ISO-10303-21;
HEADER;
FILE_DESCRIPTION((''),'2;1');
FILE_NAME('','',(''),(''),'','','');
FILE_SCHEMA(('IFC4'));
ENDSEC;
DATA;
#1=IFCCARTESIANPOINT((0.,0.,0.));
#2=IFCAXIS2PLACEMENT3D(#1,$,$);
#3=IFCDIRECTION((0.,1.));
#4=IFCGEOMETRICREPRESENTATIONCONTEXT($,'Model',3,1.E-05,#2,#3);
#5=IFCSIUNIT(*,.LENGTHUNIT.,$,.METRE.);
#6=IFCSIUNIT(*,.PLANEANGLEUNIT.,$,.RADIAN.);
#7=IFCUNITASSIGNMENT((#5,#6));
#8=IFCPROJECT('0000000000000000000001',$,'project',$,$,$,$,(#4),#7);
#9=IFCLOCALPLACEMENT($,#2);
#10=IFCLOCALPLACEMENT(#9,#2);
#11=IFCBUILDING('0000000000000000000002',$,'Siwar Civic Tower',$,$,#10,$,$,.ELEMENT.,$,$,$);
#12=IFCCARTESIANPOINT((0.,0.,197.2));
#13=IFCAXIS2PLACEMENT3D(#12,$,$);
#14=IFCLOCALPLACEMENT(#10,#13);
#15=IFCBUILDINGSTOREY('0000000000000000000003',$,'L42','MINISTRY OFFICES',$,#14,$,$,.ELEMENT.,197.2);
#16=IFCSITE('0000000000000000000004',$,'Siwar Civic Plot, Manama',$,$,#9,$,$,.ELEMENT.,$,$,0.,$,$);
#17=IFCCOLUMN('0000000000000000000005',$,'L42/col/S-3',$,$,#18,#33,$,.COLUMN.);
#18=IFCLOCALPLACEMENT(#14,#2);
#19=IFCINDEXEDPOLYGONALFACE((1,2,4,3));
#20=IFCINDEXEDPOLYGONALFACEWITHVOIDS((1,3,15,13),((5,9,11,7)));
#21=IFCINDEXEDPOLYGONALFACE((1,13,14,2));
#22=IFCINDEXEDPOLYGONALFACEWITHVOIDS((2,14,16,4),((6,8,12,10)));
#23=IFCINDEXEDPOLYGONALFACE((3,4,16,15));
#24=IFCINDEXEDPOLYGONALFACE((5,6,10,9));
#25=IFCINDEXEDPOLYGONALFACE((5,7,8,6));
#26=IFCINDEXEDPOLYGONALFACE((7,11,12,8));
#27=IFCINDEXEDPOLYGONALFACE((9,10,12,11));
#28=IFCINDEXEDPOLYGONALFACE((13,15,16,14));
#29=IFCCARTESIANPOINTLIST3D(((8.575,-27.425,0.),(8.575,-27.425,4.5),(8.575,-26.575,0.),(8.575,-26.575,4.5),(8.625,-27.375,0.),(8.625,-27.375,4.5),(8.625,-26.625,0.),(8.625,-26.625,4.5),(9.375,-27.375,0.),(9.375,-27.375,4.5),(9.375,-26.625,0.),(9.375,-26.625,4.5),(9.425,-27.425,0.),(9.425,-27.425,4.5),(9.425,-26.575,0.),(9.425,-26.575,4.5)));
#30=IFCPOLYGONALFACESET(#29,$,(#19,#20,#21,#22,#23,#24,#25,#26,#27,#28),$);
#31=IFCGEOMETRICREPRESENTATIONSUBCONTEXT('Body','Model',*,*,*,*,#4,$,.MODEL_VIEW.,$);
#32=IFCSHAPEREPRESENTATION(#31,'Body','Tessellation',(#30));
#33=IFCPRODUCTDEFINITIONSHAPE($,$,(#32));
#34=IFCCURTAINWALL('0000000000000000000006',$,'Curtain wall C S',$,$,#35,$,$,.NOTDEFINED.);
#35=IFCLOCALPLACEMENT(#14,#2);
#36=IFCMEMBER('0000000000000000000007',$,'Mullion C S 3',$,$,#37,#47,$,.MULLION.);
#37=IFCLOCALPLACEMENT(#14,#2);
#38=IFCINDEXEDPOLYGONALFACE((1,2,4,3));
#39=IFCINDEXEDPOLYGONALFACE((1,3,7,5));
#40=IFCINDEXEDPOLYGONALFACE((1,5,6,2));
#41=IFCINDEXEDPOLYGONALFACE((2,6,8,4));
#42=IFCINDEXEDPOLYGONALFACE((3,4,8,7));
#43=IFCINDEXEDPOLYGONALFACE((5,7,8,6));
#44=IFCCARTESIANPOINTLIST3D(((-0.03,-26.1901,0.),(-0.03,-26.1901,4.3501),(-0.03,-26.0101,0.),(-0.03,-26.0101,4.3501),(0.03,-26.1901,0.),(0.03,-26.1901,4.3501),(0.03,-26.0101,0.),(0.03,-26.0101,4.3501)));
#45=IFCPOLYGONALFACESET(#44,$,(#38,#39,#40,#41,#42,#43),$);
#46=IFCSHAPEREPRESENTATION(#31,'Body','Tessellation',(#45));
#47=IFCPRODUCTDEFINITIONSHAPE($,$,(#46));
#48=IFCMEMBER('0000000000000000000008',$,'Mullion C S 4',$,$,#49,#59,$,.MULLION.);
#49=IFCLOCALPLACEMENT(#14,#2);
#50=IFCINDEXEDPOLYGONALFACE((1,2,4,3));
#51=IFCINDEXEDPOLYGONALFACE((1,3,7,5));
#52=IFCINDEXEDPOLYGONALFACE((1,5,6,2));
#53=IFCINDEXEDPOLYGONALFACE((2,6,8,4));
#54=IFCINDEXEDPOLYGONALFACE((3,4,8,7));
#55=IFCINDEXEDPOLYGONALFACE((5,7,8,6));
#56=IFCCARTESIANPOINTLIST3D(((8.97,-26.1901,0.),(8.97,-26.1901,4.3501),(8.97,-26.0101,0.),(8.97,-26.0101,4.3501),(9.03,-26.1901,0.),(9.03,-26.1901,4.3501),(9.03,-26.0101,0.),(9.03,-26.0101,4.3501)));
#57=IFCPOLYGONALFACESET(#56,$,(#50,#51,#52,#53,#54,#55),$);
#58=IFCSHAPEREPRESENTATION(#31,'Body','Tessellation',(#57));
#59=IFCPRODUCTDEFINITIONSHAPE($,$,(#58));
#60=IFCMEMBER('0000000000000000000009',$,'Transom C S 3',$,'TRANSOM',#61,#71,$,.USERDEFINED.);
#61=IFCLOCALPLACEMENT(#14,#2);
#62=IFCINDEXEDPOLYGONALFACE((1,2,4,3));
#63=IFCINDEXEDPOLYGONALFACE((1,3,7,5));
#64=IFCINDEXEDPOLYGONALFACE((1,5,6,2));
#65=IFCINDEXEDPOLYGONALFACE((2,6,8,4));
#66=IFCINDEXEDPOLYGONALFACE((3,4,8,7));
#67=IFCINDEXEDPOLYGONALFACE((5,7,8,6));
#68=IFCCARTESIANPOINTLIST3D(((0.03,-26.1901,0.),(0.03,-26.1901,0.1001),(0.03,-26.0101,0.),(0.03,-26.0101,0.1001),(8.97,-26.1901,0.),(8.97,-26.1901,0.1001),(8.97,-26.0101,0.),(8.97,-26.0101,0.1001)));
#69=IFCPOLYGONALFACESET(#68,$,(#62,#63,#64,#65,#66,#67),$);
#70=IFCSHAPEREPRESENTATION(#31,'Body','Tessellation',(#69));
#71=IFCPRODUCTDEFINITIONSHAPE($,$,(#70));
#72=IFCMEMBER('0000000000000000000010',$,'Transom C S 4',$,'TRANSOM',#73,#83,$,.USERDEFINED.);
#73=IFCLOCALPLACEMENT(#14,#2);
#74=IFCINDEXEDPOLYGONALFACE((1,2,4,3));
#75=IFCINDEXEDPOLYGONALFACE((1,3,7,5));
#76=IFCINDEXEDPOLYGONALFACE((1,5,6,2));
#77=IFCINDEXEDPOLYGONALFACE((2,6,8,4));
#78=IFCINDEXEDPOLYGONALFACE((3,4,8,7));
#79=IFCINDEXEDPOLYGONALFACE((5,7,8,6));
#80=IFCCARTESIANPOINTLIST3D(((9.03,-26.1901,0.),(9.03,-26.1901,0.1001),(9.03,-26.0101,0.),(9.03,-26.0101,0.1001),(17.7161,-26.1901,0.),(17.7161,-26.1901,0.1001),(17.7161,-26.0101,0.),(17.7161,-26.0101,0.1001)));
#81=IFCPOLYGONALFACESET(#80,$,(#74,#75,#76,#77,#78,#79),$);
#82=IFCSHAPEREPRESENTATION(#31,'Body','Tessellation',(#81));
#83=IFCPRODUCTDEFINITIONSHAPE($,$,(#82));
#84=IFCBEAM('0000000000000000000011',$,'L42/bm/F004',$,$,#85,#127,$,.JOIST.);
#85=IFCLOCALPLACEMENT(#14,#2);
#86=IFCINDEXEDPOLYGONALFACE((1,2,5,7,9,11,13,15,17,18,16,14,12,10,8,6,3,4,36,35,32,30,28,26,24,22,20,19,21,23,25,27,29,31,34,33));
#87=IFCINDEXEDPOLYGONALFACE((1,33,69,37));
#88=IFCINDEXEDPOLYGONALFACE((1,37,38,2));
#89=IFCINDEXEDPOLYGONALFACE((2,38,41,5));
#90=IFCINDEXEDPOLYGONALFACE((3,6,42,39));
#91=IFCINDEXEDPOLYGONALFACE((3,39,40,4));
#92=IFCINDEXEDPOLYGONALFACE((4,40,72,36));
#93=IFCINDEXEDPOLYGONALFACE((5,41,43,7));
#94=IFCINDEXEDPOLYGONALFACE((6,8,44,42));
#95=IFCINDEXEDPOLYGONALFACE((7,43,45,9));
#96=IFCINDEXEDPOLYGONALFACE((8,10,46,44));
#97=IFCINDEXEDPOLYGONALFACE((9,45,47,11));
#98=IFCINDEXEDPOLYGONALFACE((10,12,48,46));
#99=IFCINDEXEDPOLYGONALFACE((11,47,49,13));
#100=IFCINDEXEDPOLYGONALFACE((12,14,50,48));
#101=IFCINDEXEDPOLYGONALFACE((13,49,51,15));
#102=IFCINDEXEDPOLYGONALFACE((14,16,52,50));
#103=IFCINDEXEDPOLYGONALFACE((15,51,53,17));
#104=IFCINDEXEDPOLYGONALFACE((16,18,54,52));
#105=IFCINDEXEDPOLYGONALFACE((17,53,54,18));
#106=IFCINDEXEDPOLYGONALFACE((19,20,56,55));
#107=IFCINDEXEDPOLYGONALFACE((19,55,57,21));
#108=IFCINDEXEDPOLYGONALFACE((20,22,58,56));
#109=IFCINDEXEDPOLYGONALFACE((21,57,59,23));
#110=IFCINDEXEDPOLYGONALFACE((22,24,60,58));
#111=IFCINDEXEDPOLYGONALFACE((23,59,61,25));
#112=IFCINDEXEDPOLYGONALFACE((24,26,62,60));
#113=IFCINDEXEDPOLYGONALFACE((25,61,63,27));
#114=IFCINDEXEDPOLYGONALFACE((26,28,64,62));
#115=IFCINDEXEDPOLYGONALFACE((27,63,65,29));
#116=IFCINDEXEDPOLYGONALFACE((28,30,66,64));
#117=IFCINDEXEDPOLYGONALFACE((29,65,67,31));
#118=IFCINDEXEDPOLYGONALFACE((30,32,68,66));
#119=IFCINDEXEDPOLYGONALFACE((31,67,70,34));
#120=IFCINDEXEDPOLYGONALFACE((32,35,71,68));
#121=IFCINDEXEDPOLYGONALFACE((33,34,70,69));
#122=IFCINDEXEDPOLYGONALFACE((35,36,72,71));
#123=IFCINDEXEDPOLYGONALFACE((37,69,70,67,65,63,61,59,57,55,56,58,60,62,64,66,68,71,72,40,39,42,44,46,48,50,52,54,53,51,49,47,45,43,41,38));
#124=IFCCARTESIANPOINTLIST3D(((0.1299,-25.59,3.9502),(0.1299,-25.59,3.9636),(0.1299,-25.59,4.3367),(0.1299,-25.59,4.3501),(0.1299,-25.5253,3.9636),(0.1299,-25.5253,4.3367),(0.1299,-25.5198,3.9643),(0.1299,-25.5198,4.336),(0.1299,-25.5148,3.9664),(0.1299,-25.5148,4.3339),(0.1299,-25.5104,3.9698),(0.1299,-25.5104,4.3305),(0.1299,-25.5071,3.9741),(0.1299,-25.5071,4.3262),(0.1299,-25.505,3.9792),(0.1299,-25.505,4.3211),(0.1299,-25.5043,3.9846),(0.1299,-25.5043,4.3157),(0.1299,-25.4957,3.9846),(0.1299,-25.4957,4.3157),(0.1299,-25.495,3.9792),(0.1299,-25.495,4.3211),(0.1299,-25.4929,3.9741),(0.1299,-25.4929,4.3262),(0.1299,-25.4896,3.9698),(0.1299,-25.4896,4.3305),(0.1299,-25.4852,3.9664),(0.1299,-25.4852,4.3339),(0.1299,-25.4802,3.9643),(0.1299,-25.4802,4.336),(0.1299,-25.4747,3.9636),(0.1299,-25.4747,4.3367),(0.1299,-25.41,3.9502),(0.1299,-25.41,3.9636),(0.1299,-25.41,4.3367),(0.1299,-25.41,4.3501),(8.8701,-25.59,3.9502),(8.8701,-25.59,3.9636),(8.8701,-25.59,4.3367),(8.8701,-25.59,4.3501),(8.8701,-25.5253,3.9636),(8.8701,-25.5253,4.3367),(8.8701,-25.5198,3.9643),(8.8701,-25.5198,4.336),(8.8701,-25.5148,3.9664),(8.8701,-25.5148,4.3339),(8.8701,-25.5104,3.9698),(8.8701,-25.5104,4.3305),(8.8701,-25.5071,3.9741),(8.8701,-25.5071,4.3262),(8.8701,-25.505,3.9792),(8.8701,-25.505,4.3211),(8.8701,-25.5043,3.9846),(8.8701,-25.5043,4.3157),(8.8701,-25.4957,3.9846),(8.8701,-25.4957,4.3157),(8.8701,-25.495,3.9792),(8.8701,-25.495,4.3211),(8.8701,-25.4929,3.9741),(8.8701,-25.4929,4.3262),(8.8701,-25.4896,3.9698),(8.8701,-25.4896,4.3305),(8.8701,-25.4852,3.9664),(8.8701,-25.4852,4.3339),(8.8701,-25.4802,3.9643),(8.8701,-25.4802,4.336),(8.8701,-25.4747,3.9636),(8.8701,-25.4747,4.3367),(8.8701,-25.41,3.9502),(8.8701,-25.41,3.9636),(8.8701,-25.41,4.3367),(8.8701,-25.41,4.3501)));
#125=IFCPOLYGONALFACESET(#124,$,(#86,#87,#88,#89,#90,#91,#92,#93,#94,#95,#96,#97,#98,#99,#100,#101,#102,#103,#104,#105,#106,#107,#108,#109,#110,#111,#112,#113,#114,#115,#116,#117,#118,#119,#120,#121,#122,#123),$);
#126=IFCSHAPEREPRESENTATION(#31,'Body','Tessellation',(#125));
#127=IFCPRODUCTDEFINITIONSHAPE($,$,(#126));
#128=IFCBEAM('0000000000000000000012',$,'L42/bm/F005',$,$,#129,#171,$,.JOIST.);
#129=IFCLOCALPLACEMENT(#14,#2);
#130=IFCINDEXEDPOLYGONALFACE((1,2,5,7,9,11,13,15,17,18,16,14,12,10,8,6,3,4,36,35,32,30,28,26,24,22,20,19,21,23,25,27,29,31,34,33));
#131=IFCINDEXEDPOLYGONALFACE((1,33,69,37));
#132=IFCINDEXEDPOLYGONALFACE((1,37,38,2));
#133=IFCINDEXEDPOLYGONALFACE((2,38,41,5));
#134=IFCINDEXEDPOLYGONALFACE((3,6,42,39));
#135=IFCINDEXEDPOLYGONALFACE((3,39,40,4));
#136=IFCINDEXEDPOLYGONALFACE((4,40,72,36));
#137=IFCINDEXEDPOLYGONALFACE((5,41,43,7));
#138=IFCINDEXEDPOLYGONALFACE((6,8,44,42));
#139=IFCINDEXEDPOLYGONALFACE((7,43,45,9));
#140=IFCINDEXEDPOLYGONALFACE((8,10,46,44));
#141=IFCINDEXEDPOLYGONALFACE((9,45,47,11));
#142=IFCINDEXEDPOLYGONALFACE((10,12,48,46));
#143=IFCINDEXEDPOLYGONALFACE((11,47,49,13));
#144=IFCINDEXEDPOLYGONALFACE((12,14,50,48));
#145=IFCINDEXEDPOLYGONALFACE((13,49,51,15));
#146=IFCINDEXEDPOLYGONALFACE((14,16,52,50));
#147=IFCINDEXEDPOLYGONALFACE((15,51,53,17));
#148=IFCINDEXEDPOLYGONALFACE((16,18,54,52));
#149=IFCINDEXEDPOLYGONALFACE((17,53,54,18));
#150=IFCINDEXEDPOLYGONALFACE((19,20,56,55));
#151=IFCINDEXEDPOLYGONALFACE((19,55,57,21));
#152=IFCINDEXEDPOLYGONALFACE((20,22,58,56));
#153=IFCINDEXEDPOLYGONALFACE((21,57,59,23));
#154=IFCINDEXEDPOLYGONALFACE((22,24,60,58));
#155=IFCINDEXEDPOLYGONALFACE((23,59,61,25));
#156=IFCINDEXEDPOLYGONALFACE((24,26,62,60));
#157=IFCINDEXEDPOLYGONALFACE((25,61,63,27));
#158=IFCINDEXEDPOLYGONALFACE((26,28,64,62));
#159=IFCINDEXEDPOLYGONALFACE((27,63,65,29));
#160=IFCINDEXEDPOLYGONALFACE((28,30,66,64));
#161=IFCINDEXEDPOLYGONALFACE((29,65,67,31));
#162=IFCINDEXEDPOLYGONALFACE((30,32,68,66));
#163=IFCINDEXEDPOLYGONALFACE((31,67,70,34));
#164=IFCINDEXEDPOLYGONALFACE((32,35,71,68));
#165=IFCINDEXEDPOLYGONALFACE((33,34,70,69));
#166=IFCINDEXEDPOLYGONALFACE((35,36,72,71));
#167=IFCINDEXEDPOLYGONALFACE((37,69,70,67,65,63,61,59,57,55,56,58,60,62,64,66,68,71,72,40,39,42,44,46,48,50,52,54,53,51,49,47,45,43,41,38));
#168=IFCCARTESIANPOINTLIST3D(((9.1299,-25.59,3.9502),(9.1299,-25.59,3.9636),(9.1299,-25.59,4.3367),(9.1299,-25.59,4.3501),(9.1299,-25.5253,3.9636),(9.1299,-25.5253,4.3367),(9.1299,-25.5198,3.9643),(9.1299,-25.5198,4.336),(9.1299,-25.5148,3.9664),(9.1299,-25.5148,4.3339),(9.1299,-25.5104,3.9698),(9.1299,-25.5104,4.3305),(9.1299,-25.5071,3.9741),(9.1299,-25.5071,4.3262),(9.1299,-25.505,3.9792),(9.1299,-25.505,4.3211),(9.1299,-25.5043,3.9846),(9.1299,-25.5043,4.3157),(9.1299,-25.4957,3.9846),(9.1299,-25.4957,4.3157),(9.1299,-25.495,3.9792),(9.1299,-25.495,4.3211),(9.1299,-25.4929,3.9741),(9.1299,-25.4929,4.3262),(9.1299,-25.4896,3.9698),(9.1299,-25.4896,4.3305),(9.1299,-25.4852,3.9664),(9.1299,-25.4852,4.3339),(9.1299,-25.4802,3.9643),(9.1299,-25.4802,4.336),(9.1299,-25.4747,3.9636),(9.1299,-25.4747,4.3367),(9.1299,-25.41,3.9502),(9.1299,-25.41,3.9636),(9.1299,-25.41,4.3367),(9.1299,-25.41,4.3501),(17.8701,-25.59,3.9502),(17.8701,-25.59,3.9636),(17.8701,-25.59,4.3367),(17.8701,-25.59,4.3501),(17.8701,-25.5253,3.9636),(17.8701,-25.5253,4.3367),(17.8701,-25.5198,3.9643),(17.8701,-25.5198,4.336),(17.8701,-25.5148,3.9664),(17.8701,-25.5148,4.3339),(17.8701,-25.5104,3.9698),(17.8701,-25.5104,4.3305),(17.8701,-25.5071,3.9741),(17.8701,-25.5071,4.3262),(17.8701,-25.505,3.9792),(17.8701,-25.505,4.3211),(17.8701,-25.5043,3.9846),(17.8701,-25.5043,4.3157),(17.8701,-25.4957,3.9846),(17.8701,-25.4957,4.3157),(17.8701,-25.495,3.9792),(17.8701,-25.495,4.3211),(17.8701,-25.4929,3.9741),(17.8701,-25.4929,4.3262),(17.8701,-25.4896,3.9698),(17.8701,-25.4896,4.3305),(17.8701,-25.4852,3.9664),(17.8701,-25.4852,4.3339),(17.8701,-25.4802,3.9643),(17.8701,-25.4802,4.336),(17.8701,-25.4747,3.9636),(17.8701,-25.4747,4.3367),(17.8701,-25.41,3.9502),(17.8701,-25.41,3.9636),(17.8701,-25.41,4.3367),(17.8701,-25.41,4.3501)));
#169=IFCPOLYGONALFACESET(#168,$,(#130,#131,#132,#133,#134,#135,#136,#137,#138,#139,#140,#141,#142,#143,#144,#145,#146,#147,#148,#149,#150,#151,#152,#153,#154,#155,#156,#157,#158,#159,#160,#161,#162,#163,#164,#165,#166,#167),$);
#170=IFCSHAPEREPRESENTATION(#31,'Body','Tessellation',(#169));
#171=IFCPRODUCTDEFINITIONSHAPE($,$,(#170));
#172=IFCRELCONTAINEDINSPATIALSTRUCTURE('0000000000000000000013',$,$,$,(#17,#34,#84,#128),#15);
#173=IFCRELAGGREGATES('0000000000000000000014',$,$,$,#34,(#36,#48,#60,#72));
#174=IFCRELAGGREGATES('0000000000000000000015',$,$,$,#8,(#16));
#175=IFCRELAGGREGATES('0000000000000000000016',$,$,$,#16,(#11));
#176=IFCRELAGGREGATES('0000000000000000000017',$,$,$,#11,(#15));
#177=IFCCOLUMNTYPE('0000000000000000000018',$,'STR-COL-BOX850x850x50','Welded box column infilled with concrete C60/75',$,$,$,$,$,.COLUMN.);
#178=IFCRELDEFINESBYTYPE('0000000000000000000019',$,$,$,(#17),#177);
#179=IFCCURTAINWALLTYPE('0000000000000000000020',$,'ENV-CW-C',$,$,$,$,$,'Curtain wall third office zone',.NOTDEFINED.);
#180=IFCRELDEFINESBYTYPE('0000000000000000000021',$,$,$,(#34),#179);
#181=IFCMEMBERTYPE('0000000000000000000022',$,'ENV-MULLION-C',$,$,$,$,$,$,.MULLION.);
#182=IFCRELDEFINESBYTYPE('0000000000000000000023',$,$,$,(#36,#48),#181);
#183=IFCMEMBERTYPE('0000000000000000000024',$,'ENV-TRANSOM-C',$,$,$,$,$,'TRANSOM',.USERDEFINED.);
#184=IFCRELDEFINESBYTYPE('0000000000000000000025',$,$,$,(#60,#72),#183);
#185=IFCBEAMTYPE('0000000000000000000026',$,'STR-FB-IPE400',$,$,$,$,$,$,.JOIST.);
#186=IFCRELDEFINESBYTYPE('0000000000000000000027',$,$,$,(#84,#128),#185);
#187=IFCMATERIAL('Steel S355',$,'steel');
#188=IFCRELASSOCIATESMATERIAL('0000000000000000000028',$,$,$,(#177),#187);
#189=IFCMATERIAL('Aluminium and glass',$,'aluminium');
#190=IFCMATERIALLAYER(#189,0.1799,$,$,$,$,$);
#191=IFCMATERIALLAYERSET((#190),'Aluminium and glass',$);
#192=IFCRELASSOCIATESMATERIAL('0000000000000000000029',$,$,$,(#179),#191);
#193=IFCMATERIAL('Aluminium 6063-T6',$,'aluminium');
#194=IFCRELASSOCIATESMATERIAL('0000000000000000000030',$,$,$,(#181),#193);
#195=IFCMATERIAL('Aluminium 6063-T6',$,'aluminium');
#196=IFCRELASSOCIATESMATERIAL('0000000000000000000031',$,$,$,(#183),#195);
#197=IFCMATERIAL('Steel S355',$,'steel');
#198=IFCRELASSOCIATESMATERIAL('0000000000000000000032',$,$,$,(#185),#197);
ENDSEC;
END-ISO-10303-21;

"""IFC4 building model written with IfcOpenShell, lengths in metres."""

from ifc_helpers import new_model, si_unit, direction, frame, origin, origin_2d, place, context, subcontext, project, spatial, rectangle, hollow_rectangle, i_section, extrude, material, layer, layer_set, material_profile, profile_set, type_object, element, aggregate, save


model = new_model("IFC4")

# Units and contexts
model_context = context("Model", 3, precision=1e-05, world=origin(), true_north=direction((0.0, 1.0)))
body_context = subcontext(model_context, "Body", "Model", "MODEL_VIEW")
ifc_project = project(units=[si_unit("LENGTHUNIT", "METRE"), si_unit("PLANEANGLEUNIT", "RADIAN")], contexts=[model_context])

# Site, building, storey
site_placement = place(None, origin())
site = spatial("IfcSite", under=ifc_project, at=site_placement, Name="Siwar Civic Plot, Manama", CompositionType="ELEMENT", RefElevation=0.0)
building_placement = place(site_placement, origin())
building = spatial("IfcBuilding", under=site, at=building_placement, Name="Siwar Civic Tower", CompositionType="ELEMENT")
storey_placement = place(building_placement, frame((0.0, 0.0, 197.2)))
storey = spatial("IfcBuildingStorey", under=building, at=storey_placement, Name="L42", Description="MINISTRY OFFICES", CompositionType="ELEMENT", Elevation=197.2)

# Column
ifc_material_1 = material(Name="Steel S355", Category="steel")
ifc_material_profile_1 = material_profile(ifc_material_1, hollow_rectangle(XDim=0.8501, YDim=0.8501, WallThickness=0.05, at=origin_2d()), Name="BOX850x850x50")
ifc_profile_set_1 = profile_set([ifc_material_profile_1], Name="Steel S355")
column_type = type_object("IfcColumnType", Name="STR-COL-BOX850x850x50", Description="Welded box column infilled with concrete C60/75", PredefinedType="COLUMN", material=ifc_profile_set_1)
column_placement = place(storey_placement, frame((9.0, -27.0, 0.0), z_axis=(0.0, 0.0, 1.0), x_axis=(1.0, 0.0, 0.0)))
element("IfcColumn", 1, at=column_placement, inside=storey, type_object=column_type, Name="L42/col/S-3", PredefinedType="COLUMN", context=body_context, shape_type="SweptSolid", body=[
    extrude(hollow_rectangle(XDim=0.8501, YDim=0.8501, WallThickness=0.05, at=origin_2d()), origin(), (0.0, 0.0, 1.0), 4.5),
])

# Curtain wall, members
ifc_material_2 = material(Name="Aluminium and glass", Category="aluminium")
ifc_layer_1 = layer(ifc_material_2, 0.1799)
ifc_layer_set_1 = layer_set([ifc_layer_1], Name="Aluminium and glass")
curtain_wall_type = type_object("IfcCurtainWallType", Name="ENV-CW-C", ElementType="Curtain wall third office zone", PredefinedType="NOTDEFINED", material=ifc_layer_set_1)
curtain_wall_placement = place(storey_placement, origin())
curtain_wall = element("IfcCurtainWall", 2, at=curtain_wall_placement, inside=storey, type_object=curtain_wall_type, Name="Curtain wall C S", PredefinedType="NOTDEFINED")
ifc_material_3 = material(Name="Aluminium 6063-T6", Category="aluminium")
ifc_material_profile_2 = material_profile(ifc_material_3, rectangle(XDim=0.1799, YDim=0.0601, at=origin_2d()), Name="AL 180x60")
ifc_profile_set_2 = profile_set([ifc_material_profile_2], Name="Aluminium 6063-T6")
member_type_1 = type_object("IfcMemberType", Name="ENV-MULLION-C", PredefinedType="MULLION", material=ifc_profile_set_2)
member_1_placement = place(storey_placement, frame((0.0, -26.1001, 0.0), z_axis=(0.0, 0.0, 1.0), x_axis=(0.0, 1.0, 0.0)))
member_1 = element("IfcMember", 3, at=member_1_placement, type_object=member_type_1, Name="Mullion C S 3", PredefinedType="MULLION", context=body_context, shape_type="SweptSolid", body=[
    extrude(rectangle(XDim=0.1799, YDim=0.0601, at=origin_2d()), origin(), (0.0, 0.0, 1.0), 4.3501),
])
member_2_placement = place(storey_placement, frame((9.0, -26.1001, 0.0), z_axis=(0.0, 0.0, 1.0), x_axis=(0.0, 1.0, 0.0)))
member_2 = element("IfcMember", 4, at=member_2_placement, type_object=member_type_1, Name="Mullion C S 4", PredefinedType="MULLION", context=body_context, shape_type="SweptSolid", body=[
    extrude(rectangle(XDim=0.1799, YDim=0.0601, at=origin_2d()), origin(), (0.0, 0.0, 1.0), 4.3501),
])
ifc_material_4 = material(Name="Aluminium 6063-T6", Category="aluminium")
ifc_material_profile_3 = material_profile(ifc_material_4, rectangle(XDim=0.1799, YDim=0.1001, at=origin_2d()), Name="AL 180x100")
ifc_profile_set_3 = profile_set([ifc_material_profile_3], Name="Aluminium 6063-T6")
member_type_2 = type_object("IfcMemberType", Name="ENV-TRANSOM-C", ElementType="TRANSOM", PredefinedType="USERDEFINED", material=ifc_profile_set_3)
member_3_placement = place(storey_placement, frame((0.03, -26.1001, 0.05), z_axis=(1.0, 0.0, 0.0), x_axis=(0.0, 1.0, 0.0)))
member_3 = element("IfcMember", 5, at=member_3_placement, type_object=member_type_2, Name="Transom C S 3", ObjectType="TRANSOM", PredefinedType="USERDEFINED", context=body_context, shape_type="SweptSolid", body=[
    extrude(rectangle(XDim=0.1799, YDim=0.1001, at=origin_2d()), origin(), (0.0, 0.0, 1.0), 8.9399),
])
member_4_placement = place(storey_placement, frame((9.03, -26.1001, 0.05), z_axis=(1.0, 0.0, 0.0), x_axis=(0.0, 1.0, 0.0)))
member_4 = element("IfcMember", 6, at=member_4_placement, type_object=member_type_2, Name="Transom C S 4", ObjectType="TRANSOM", PredefinedType="USERDEFINED", context=body_context, shape_type="SweptSolid", body=[
    extrude(rectangle(XDim=0.1799, YDim=0.1001, at=origin_2d()), origin(), (0.0, 0.0, 1.0), 8.686),
])

# Beams
ifc_material_5 = material(Name="Steel S355", Category="steel")
ifc_material_profile_4 = material_profile(ifc_material_5, i_section(OverallWidth=0.1799, OverallDepth=0.3999, WebThickness=0.0085, FlangeThickness=0.0134, FilletRadius=0.021, at=origin_2d()), Name="IPE400")
ifc_profile_set_4 = profile_set([ifc_material_profile_4], Name="Steel S355")
beam_type_1 = type_object("IfcBeamType", Name="STR-FB-IPE400", PredefinedType="JOIST", material=ifc_profile_set_4)
for number, where, z_axis, x_axis, name in (
    (7, (0.1299, -25.5, 4.1501), (1.0, 0.0, 0.0), (0.0, 1.0, 0.0), "L42/bm/F004"),
    (8, (9.1299, -25.5, 4.1501), (1.0, 0.0, 0.0), (0.0, 1.0, 0.0), "L42/bm/F005"),
):
    element("IfcBeam", number, at=place(storey_placement, frame(where, z_axis=z_axis, x_axis=x_axis)), inside=storey, type_object=beam_type_1, Name=name, PredefinedType="JOIST", context=body_context, shape_type="SweptSolid", body=[
        extrude(i_section(OverallWidth=0.1799, OverallDepth=0.3999, WebThickness=0.0085, FlangeThickness=0.0134, FilletRadius=0.021, at=origin_2d()), origin(), (0.0, 0.0, 1.0), 8.7402),
    ])

aggregate(curtain_wall, [member_1, member_2, member_3, member_4])

save(model, "model.ifc")
